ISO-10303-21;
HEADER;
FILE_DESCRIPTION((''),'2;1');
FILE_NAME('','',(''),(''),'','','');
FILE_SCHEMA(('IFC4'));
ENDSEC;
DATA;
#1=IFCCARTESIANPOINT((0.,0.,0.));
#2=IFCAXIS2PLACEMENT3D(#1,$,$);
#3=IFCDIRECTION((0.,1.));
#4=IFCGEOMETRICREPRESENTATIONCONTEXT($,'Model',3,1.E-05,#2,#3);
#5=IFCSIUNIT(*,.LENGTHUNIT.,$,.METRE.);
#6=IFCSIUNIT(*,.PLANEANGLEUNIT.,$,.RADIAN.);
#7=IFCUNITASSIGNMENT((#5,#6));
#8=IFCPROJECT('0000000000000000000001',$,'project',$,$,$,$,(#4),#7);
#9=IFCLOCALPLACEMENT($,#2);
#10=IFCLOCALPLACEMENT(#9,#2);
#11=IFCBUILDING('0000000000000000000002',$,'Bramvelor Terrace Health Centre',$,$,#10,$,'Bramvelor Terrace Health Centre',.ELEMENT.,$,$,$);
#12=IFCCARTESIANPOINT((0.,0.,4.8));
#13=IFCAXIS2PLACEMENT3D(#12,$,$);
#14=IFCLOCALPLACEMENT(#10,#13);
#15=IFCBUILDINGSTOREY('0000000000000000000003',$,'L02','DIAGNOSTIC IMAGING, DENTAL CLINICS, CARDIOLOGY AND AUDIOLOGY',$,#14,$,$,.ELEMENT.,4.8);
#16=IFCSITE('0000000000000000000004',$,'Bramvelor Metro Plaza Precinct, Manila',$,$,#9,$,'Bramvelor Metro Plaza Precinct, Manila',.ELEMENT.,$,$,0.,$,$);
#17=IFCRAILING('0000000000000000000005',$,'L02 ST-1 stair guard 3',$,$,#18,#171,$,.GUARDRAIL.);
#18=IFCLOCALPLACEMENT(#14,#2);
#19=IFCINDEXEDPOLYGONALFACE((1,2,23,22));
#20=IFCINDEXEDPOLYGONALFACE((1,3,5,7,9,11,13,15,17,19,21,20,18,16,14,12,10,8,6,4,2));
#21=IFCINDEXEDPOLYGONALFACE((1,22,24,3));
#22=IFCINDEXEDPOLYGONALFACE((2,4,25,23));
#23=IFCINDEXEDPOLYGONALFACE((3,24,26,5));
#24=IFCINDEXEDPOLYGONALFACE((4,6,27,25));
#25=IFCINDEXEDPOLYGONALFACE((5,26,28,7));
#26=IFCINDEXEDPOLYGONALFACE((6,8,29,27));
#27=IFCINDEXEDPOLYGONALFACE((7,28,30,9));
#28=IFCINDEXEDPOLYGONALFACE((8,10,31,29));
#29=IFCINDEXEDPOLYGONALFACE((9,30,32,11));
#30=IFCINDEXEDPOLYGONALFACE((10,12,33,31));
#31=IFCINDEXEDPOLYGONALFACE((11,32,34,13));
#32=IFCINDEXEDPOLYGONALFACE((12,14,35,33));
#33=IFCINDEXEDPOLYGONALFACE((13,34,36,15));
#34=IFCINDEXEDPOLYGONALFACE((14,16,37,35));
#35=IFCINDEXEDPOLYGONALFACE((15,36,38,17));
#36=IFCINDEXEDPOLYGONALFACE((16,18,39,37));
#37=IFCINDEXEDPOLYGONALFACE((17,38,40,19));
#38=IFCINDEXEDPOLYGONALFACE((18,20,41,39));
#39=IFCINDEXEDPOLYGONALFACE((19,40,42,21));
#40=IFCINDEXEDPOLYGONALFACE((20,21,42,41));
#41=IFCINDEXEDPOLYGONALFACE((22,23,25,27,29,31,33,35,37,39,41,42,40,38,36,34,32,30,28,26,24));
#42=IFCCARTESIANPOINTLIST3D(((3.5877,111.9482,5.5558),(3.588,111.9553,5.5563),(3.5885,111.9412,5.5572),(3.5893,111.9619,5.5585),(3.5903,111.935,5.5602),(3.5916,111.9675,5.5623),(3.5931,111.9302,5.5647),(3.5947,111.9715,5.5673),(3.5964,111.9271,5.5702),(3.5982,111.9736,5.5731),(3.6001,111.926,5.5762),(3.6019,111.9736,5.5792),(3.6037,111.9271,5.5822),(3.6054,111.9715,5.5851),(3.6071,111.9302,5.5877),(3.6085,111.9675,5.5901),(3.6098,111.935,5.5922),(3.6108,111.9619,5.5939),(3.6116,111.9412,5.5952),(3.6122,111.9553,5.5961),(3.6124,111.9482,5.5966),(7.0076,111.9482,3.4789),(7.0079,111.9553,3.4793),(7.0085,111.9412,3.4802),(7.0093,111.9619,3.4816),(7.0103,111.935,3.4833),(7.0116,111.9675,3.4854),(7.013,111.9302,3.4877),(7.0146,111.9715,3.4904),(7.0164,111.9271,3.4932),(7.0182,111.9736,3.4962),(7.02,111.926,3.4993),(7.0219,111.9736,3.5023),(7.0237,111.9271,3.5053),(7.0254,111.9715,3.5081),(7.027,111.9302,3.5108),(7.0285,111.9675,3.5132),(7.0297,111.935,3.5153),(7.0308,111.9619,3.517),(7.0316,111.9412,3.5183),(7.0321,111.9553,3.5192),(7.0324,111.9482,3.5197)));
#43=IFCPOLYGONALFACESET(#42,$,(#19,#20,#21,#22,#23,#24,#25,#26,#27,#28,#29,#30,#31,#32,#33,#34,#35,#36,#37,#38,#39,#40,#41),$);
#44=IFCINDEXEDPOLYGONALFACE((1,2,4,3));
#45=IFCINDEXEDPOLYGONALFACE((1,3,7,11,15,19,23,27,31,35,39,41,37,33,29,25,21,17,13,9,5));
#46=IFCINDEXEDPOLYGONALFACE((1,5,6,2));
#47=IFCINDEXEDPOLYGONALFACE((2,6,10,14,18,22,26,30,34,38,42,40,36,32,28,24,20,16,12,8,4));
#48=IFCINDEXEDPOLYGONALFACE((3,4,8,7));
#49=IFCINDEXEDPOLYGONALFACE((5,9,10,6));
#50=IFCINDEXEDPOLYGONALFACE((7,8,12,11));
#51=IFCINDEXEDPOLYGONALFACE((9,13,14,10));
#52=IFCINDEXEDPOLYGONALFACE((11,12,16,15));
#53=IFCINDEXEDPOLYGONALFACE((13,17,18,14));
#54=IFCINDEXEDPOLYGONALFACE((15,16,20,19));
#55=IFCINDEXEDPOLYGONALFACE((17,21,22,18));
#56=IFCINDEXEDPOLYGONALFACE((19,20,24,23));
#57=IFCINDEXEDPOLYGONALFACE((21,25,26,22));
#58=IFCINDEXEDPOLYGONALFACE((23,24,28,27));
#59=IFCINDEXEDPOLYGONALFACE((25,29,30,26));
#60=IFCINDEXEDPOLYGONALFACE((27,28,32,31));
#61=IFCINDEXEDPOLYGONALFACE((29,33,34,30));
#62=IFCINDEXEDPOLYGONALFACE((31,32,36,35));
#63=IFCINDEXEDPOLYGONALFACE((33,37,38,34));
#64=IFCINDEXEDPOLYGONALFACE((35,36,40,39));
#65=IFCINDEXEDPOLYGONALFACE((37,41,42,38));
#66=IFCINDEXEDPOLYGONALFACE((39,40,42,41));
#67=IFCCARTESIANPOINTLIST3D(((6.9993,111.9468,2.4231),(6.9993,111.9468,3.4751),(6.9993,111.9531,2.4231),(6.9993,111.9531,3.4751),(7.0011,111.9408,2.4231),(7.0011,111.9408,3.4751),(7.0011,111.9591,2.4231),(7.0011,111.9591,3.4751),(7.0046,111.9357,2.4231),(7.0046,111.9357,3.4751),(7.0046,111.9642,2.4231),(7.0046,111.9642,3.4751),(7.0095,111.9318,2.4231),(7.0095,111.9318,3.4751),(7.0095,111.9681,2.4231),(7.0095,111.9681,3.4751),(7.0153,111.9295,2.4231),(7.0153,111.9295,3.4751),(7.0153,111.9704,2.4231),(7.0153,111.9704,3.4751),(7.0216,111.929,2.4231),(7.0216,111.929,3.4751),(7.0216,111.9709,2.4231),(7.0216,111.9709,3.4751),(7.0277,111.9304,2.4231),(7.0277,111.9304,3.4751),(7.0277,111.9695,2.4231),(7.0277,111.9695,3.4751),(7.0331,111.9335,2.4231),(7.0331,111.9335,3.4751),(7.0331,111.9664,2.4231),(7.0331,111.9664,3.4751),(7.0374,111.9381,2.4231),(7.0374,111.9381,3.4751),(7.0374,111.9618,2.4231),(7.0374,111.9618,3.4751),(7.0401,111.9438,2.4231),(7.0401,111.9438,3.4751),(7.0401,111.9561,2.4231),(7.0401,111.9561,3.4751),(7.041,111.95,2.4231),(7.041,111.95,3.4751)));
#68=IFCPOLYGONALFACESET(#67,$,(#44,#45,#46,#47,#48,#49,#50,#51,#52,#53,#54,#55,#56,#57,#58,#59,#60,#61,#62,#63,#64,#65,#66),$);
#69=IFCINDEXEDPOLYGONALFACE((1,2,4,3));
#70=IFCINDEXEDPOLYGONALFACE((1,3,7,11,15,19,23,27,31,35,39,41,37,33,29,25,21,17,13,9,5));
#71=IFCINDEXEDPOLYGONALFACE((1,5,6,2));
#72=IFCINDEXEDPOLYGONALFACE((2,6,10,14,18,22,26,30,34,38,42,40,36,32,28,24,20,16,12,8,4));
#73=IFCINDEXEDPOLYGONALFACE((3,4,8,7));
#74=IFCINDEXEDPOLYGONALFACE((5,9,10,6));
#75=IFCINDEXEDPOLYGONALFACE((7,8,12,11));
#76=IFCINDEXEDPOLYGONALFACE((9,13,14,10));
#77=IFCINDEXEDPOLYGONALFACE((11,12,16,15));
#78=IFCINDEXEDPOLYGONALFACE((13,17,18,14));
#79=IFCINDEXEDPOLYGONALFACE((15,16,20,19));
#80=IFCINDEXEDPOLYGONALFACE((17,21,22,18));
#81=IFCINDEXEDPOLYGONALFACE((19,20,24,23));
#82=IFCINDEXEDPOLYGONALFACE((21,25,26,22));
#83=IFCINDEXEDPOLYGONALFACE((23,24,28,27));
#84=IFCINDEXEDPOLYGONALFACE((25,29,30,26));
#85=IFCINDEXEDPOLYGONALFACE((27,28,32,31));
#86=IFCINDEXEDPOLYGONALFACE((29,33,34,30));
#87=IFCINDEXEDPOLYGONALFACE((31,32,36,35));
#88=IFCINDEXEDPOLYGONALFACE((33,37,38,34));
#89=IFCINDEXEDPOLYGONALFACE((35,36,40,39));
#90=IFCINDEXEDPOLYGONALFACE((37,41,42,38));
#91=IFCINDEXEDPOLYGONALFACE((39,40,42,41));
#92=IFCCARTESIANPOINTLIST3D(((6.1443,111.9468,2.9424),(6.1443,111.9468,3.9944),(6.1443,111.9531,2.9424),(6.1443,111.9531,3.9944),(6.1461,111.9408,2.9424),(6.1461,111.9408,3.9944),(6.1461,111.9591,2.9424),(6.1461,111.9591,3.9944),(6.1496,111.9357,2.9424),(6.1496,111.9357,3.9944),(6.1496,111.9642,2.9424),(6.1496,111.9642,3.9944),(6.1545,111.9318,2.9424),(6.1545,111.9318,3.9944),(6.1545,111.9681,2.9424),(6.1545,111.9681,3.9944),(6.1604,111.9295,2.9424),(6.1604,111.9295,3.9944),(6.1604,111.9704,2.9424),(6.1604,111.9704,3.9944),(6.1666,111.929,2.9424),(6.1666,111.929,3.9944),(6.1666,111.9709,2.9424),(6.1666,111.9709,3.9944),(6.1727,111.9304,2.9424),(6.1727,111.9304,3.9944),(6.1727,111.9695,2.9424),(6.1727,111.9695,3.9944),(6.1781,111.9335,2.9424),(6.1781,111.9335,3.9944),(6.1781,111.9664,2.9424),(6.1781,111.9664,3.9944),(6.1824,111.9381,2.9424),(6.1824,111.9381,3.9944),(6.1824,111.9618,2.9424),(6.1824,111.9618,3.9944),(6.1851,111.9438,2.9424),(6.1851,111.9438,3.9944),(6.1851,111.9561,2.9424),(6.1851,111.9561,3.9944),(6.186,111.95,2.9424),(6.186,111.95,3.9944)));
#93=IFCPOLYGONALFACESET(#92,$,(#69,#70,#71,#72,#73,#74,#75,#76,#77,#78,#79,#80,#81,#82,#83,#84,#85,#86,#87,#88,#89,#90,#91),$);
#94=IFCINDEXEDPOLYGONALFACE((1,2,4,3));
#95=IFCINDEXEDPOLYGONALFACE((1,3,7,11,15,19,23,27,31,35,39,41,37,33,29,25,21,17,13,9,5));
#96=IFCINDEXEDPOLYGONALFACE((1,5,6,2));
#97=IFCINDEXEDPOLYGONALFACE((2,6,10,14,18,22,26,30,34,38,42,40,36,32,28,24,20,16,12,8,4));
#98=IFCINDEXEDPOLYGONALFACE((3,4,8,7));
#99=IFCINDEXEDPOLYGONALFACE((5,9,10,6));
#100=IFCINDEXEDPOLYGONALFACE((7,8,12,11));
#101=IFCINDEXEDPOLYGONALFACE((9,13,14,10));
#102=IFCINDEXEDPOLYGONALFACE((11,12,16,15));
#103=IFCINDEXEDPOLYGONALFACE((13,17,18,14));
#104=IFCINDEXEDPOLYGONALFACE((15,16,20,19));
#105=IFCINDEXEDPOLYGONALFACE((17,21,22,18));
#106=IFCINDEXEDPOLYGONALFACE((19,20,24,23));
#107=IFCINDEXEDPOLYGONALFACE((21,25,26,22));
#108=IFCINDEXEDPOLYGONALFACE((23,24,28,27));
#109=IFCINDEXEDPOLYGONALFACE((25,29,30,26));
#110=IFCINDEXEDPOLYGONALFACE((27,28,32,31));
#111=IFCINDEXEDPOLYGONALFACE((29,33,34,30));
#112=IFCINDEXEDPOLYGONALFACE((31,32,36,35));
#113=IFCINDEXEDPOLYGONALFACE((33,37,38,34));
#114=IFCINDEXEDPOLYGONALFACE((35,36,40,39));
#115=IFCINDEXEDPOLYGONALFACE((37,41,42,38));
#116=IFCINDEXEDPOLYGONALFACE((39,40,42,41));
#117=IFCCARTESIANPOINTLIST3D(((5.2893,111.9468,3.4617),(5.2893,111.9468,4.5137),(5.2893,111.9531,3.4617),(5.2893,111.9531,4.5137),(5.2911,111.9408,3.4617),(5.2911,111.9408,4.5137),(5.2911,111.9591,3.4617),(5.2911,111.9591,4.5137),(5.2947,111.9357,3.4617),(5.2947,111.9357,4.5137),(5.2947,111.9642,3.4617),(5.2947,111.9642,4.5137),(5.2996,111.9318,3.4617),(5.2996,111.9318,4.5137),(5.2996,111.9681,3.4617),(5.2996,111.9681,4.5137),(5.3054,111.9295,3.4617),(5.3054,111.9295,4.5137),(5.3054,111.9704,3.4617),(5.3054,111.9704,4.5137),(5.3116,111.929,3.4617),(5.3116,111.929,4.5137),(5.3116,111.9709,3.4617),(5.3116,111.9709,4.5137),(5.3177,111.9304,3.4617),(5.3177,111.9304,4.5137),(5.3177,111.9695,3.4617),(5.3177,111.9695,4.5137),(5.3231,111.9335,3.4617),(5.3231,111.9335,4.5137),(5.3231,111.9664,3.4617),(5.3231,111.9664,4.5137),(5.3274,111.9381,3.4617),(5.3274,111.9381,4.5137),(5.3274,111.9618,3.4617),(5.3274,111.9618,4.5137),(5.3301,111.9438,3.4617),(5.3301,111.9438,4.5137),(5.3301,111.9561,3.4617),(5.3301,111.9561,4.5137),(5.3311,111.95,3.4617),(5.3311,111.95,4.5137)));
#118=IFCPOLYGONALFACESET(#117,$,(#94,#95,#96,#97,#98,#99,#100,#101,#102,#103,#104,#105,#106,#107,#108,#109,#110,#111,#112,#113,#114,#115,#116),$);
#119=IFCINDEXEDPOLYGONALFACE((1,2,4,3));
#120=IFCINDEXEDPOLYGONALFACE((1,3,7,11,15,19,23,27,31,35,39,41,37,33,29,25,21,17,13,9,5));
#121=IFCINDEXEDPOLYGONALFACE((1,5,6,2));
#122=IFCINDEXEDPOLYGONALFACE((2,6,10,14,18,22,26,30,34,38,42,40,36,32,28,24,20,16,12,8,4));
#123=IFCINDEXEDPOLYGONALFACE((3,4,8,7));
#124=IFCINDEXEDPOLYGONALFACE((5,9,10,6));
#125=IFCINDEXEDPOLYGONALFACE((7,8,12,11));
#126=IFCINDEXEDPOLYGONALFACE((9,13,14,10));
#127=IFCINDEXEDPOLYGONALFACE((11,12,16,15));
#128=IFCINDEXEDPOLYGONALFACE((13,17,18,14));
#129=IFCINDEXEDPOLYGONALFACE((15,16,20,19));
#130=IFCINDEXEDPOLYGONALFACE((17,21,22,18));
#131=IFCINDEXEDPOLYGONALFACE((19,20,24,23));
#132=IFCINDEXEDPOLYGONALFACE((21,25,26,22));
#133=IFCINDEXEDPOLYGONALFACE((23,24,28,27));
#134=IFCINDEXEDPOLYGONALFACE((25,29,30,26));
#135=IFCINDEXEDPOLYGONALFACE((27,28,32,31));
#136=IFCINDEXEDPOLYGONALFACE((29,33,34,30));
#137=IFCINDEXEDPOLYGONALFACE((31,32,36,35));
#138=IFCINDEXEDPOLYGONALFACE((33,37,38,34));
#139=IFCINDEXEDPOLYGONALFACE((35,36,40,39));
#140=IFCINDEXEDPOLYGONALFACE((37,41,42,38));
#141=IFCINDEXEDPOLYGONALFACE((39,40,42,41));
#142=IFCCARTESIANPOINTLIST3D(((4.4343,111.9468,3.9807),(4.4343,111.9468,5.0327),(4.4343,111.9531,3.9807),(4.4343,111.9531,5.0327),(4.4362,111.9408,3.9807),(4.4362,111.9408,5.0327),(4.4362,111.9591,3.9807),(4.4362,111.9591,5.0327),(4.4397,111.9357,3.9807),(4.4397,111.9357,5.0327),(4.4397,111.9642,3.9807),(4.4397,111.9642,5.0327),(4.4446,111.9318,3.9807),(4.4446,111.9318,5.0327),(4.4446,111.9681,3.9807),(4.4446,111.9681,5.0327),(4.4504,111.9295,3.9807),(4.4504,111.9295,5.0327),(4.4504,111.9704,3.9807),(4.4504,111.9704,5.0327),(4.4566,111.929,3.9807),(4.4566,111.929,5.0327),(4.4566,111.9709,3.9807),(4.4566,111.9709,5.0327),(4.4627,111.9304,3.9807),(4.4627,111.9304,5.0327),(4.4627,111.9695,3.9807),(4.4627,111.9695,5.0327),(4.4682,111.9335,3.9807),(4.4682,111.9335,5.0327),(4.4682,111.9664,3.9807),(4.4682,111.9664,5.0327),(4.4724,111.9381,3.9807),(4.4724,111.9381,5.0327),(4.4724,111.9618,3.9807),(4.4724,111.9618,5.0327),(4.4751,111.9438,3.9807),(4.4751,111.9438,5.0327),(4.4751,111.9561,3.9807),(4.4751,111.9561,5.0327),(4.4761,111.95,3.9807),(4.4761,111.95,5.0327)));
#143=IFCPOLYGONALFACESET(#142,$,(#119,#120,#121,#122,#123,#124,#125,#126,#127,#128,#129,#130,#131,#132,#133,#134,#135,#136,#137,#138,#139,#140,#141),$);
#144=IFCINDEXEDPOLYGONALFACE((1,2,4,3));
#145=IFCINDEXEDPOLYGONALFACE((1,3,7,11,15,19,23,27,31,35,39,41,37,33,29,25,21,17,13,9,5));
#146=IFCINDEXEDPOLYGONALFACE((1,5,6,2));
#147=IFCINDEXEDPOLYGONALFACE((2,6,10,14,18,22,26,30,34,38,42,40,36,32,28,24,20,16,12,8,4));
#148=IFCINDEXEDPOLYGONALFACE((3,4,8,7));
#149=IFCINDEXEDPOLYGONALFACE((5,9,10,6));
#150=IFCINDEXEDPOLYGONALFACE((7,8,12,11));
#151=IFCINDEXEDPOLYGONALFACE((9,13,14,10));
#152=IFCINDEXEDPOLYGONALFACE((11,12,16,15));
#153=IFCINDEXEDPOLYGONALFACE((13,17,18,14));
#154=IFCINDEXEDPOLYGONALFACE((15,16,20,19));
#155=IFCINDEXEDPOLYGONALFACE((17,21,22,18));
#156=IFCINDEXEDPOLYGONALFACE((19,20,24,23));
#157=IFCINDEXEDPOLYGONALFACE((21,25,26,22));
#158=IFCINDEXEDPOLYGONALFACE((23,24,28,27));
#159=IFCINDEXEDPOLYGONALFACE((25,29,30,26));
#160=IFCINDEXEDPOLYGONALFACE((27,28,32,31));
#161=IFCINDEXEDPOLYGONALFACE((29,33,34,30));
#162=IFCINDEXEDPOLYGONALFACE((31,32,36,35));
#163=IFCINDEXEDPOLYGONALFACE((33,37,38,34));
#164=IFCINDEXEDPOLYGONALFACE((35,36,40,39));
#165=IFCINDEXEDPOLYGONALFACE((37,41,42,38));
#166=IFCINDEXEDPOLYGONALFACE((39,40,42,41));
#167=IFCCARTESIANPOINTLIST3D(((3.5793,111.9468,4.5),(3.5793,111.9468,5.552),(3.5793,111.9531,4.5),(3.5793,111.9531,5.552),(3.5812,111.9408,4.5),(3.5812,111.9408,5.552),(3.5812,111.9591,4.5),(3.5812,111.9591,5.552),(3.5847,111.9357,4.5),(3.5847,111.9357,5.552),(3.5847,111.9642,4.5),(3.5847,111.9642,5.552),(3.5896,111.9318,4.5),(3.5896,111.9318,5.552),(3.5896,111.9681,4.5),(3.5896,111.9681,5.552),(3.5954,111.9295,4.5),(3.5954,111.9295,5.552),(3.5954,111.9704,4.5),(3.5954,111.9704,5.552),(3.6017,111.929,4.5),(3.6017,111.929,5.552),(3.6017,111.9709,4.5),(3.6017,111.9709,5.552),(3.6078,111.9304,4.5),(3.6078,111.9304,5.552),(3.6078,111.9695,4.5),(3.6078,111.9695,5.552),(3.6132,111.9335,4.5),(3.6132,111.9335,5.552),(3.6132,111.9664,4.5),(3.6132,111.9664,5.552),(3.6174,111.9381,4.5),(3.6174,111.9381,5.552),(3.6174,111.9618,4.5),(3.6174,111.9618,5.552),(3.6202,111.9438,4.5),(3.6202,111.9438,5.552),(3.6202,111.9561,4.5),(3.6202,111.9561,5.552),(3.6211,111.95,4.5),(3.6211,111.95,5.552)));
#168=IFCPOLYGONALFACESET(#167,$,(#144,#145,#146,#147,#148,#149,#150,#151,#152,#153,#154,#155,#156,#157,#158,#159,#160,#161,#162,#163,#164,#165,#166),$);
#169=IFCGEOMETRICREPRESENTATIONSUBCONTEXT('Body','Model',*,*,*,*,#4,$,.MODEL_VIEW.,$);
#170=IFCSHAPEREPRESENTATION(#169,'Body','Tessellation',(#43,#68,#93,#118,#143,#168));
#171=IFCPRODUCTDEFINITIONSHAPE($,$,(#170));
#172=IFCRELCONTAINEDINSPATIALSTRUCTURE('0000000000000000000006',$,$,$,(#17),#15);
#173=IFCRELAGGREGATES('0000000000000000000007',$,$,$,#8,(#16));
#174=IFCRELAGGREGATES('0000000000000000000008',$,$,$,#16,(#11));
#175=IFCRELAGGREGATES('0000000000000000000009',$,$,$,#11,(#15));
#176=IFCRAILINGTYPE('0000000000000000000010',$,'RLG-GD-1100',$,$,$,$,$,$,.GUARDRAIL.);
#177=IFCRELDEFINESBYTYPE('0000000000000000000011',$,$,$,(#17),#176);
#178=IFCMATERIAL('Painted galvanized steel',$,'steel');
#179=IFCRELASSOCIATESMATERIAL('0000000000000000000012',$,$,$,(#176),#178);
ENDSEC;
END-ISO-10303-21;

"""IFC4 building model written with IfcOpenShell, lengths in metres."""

from ifc_helpers import new_model, si_unit, direction, frame, origin, origin_2d, place, context, subcontext, project, spatial, circle, extrude, material, type_object, element, save


model = new_model("IFC4")

# Units and contexts
model_context = context("Model", 3, precision=1e-05, world=origin(), true_north=direction((0.0, 1.0)))
body_context = subcontext(model_context, "Body", "Model", "MODEL_VIEW")
ifc_project = project(units=[si_unit("LENGTHUNIT", "METRE"), si_unit("PLANEANGLEUNIT", "RADIAN")], contexts=[model_context])

# Site, building, storey
site_placement = place(None, origin())
site = spatial("IfcSite", under=ifc_project, at=site_placement, Name="Bramvelor Metro Plaza Precinct, Manila", LongName="Bramvelor Metro Plaza Precinct, Manila", CompositionType="ELEMENT", RefElevation=0.0)
building_placement = place(site_placement, origin())
building = spatial("IfcBuilding", under=site, at=building_placement, Name="Bramvelor Terrace Health Centre", LongName="Bramvelor Terrace Health Centre", CompositionType="ELEMENT")
storey_placement = place(building_placement, frame((0.0, 0.0, 4.8)))
storey = spatial("IfcBuildingStorey", under=building, at=storey_placement, Name="L02", Description="DIAGNOSTIC IMAGING, DENTAL CLINICS, CARDIOLOGY AND AUDIOLOGY", CompositionType="ELEMENT", Elevation=4.8)

# Railing
ifc_material_1 = material(Name="Painted galvanized steel", Category="steel")
railing_type_1 = type_object("IfcRailingType", Name="RLG-GD-1100", PredefinedType="GUARDRAIL", material=ifc_material_1)
railing_1_placement = place(storey_placement, frame((7.02, 111.95, 2.4231)))
element("IfcRailing", 1, at=railing_1_placement, inside=storey, type_object=railing_type_1, Name="L02 ST-1 stair guard 3", PredefinedType="GUARDRAIL", context=body_context, shape_type="SweptSolid", body=[
    extrude(circle(Radius=0.0239, at=origin_2d()), frame((0.0, 0.0, 1.0762), z_axis=(-0.85473, 0.0, 0.519074), x_axis=(0.0, -1.0, 0.0)), (0.0, 0.0, 1.0), 4.0012),
    extrude(circle(Radius=0.021, at=origin_2d()), origin(), (0.0, 0.0, 1.0), 1.052),
    extrude(circle(Radius=0.021, at=origin_2d()), frame((-0.855, 0.0, 0.5193)), (0.0, 0.0, 1.0), 1.052),
    extrude(circle(Radius=0.021, at=origin_2d()), frame((-1.71, 0.0, 1.0386)), (0.0, 0.0, 1.0), 1.052),
    extrude(circle(Radius=0.021, at=origin_2d()), frame((-2.5649, 0.0, 1.5576)), (0.0, 0.0, 1.0), 1.052),
    extrude(circle(Radius=0.021, at=origin_2d()), frame((-3.4199, 0.0, 2.0769)), (0.0, 0.0, 1.0), 1.052),
])

save(model, "model.ifc")
